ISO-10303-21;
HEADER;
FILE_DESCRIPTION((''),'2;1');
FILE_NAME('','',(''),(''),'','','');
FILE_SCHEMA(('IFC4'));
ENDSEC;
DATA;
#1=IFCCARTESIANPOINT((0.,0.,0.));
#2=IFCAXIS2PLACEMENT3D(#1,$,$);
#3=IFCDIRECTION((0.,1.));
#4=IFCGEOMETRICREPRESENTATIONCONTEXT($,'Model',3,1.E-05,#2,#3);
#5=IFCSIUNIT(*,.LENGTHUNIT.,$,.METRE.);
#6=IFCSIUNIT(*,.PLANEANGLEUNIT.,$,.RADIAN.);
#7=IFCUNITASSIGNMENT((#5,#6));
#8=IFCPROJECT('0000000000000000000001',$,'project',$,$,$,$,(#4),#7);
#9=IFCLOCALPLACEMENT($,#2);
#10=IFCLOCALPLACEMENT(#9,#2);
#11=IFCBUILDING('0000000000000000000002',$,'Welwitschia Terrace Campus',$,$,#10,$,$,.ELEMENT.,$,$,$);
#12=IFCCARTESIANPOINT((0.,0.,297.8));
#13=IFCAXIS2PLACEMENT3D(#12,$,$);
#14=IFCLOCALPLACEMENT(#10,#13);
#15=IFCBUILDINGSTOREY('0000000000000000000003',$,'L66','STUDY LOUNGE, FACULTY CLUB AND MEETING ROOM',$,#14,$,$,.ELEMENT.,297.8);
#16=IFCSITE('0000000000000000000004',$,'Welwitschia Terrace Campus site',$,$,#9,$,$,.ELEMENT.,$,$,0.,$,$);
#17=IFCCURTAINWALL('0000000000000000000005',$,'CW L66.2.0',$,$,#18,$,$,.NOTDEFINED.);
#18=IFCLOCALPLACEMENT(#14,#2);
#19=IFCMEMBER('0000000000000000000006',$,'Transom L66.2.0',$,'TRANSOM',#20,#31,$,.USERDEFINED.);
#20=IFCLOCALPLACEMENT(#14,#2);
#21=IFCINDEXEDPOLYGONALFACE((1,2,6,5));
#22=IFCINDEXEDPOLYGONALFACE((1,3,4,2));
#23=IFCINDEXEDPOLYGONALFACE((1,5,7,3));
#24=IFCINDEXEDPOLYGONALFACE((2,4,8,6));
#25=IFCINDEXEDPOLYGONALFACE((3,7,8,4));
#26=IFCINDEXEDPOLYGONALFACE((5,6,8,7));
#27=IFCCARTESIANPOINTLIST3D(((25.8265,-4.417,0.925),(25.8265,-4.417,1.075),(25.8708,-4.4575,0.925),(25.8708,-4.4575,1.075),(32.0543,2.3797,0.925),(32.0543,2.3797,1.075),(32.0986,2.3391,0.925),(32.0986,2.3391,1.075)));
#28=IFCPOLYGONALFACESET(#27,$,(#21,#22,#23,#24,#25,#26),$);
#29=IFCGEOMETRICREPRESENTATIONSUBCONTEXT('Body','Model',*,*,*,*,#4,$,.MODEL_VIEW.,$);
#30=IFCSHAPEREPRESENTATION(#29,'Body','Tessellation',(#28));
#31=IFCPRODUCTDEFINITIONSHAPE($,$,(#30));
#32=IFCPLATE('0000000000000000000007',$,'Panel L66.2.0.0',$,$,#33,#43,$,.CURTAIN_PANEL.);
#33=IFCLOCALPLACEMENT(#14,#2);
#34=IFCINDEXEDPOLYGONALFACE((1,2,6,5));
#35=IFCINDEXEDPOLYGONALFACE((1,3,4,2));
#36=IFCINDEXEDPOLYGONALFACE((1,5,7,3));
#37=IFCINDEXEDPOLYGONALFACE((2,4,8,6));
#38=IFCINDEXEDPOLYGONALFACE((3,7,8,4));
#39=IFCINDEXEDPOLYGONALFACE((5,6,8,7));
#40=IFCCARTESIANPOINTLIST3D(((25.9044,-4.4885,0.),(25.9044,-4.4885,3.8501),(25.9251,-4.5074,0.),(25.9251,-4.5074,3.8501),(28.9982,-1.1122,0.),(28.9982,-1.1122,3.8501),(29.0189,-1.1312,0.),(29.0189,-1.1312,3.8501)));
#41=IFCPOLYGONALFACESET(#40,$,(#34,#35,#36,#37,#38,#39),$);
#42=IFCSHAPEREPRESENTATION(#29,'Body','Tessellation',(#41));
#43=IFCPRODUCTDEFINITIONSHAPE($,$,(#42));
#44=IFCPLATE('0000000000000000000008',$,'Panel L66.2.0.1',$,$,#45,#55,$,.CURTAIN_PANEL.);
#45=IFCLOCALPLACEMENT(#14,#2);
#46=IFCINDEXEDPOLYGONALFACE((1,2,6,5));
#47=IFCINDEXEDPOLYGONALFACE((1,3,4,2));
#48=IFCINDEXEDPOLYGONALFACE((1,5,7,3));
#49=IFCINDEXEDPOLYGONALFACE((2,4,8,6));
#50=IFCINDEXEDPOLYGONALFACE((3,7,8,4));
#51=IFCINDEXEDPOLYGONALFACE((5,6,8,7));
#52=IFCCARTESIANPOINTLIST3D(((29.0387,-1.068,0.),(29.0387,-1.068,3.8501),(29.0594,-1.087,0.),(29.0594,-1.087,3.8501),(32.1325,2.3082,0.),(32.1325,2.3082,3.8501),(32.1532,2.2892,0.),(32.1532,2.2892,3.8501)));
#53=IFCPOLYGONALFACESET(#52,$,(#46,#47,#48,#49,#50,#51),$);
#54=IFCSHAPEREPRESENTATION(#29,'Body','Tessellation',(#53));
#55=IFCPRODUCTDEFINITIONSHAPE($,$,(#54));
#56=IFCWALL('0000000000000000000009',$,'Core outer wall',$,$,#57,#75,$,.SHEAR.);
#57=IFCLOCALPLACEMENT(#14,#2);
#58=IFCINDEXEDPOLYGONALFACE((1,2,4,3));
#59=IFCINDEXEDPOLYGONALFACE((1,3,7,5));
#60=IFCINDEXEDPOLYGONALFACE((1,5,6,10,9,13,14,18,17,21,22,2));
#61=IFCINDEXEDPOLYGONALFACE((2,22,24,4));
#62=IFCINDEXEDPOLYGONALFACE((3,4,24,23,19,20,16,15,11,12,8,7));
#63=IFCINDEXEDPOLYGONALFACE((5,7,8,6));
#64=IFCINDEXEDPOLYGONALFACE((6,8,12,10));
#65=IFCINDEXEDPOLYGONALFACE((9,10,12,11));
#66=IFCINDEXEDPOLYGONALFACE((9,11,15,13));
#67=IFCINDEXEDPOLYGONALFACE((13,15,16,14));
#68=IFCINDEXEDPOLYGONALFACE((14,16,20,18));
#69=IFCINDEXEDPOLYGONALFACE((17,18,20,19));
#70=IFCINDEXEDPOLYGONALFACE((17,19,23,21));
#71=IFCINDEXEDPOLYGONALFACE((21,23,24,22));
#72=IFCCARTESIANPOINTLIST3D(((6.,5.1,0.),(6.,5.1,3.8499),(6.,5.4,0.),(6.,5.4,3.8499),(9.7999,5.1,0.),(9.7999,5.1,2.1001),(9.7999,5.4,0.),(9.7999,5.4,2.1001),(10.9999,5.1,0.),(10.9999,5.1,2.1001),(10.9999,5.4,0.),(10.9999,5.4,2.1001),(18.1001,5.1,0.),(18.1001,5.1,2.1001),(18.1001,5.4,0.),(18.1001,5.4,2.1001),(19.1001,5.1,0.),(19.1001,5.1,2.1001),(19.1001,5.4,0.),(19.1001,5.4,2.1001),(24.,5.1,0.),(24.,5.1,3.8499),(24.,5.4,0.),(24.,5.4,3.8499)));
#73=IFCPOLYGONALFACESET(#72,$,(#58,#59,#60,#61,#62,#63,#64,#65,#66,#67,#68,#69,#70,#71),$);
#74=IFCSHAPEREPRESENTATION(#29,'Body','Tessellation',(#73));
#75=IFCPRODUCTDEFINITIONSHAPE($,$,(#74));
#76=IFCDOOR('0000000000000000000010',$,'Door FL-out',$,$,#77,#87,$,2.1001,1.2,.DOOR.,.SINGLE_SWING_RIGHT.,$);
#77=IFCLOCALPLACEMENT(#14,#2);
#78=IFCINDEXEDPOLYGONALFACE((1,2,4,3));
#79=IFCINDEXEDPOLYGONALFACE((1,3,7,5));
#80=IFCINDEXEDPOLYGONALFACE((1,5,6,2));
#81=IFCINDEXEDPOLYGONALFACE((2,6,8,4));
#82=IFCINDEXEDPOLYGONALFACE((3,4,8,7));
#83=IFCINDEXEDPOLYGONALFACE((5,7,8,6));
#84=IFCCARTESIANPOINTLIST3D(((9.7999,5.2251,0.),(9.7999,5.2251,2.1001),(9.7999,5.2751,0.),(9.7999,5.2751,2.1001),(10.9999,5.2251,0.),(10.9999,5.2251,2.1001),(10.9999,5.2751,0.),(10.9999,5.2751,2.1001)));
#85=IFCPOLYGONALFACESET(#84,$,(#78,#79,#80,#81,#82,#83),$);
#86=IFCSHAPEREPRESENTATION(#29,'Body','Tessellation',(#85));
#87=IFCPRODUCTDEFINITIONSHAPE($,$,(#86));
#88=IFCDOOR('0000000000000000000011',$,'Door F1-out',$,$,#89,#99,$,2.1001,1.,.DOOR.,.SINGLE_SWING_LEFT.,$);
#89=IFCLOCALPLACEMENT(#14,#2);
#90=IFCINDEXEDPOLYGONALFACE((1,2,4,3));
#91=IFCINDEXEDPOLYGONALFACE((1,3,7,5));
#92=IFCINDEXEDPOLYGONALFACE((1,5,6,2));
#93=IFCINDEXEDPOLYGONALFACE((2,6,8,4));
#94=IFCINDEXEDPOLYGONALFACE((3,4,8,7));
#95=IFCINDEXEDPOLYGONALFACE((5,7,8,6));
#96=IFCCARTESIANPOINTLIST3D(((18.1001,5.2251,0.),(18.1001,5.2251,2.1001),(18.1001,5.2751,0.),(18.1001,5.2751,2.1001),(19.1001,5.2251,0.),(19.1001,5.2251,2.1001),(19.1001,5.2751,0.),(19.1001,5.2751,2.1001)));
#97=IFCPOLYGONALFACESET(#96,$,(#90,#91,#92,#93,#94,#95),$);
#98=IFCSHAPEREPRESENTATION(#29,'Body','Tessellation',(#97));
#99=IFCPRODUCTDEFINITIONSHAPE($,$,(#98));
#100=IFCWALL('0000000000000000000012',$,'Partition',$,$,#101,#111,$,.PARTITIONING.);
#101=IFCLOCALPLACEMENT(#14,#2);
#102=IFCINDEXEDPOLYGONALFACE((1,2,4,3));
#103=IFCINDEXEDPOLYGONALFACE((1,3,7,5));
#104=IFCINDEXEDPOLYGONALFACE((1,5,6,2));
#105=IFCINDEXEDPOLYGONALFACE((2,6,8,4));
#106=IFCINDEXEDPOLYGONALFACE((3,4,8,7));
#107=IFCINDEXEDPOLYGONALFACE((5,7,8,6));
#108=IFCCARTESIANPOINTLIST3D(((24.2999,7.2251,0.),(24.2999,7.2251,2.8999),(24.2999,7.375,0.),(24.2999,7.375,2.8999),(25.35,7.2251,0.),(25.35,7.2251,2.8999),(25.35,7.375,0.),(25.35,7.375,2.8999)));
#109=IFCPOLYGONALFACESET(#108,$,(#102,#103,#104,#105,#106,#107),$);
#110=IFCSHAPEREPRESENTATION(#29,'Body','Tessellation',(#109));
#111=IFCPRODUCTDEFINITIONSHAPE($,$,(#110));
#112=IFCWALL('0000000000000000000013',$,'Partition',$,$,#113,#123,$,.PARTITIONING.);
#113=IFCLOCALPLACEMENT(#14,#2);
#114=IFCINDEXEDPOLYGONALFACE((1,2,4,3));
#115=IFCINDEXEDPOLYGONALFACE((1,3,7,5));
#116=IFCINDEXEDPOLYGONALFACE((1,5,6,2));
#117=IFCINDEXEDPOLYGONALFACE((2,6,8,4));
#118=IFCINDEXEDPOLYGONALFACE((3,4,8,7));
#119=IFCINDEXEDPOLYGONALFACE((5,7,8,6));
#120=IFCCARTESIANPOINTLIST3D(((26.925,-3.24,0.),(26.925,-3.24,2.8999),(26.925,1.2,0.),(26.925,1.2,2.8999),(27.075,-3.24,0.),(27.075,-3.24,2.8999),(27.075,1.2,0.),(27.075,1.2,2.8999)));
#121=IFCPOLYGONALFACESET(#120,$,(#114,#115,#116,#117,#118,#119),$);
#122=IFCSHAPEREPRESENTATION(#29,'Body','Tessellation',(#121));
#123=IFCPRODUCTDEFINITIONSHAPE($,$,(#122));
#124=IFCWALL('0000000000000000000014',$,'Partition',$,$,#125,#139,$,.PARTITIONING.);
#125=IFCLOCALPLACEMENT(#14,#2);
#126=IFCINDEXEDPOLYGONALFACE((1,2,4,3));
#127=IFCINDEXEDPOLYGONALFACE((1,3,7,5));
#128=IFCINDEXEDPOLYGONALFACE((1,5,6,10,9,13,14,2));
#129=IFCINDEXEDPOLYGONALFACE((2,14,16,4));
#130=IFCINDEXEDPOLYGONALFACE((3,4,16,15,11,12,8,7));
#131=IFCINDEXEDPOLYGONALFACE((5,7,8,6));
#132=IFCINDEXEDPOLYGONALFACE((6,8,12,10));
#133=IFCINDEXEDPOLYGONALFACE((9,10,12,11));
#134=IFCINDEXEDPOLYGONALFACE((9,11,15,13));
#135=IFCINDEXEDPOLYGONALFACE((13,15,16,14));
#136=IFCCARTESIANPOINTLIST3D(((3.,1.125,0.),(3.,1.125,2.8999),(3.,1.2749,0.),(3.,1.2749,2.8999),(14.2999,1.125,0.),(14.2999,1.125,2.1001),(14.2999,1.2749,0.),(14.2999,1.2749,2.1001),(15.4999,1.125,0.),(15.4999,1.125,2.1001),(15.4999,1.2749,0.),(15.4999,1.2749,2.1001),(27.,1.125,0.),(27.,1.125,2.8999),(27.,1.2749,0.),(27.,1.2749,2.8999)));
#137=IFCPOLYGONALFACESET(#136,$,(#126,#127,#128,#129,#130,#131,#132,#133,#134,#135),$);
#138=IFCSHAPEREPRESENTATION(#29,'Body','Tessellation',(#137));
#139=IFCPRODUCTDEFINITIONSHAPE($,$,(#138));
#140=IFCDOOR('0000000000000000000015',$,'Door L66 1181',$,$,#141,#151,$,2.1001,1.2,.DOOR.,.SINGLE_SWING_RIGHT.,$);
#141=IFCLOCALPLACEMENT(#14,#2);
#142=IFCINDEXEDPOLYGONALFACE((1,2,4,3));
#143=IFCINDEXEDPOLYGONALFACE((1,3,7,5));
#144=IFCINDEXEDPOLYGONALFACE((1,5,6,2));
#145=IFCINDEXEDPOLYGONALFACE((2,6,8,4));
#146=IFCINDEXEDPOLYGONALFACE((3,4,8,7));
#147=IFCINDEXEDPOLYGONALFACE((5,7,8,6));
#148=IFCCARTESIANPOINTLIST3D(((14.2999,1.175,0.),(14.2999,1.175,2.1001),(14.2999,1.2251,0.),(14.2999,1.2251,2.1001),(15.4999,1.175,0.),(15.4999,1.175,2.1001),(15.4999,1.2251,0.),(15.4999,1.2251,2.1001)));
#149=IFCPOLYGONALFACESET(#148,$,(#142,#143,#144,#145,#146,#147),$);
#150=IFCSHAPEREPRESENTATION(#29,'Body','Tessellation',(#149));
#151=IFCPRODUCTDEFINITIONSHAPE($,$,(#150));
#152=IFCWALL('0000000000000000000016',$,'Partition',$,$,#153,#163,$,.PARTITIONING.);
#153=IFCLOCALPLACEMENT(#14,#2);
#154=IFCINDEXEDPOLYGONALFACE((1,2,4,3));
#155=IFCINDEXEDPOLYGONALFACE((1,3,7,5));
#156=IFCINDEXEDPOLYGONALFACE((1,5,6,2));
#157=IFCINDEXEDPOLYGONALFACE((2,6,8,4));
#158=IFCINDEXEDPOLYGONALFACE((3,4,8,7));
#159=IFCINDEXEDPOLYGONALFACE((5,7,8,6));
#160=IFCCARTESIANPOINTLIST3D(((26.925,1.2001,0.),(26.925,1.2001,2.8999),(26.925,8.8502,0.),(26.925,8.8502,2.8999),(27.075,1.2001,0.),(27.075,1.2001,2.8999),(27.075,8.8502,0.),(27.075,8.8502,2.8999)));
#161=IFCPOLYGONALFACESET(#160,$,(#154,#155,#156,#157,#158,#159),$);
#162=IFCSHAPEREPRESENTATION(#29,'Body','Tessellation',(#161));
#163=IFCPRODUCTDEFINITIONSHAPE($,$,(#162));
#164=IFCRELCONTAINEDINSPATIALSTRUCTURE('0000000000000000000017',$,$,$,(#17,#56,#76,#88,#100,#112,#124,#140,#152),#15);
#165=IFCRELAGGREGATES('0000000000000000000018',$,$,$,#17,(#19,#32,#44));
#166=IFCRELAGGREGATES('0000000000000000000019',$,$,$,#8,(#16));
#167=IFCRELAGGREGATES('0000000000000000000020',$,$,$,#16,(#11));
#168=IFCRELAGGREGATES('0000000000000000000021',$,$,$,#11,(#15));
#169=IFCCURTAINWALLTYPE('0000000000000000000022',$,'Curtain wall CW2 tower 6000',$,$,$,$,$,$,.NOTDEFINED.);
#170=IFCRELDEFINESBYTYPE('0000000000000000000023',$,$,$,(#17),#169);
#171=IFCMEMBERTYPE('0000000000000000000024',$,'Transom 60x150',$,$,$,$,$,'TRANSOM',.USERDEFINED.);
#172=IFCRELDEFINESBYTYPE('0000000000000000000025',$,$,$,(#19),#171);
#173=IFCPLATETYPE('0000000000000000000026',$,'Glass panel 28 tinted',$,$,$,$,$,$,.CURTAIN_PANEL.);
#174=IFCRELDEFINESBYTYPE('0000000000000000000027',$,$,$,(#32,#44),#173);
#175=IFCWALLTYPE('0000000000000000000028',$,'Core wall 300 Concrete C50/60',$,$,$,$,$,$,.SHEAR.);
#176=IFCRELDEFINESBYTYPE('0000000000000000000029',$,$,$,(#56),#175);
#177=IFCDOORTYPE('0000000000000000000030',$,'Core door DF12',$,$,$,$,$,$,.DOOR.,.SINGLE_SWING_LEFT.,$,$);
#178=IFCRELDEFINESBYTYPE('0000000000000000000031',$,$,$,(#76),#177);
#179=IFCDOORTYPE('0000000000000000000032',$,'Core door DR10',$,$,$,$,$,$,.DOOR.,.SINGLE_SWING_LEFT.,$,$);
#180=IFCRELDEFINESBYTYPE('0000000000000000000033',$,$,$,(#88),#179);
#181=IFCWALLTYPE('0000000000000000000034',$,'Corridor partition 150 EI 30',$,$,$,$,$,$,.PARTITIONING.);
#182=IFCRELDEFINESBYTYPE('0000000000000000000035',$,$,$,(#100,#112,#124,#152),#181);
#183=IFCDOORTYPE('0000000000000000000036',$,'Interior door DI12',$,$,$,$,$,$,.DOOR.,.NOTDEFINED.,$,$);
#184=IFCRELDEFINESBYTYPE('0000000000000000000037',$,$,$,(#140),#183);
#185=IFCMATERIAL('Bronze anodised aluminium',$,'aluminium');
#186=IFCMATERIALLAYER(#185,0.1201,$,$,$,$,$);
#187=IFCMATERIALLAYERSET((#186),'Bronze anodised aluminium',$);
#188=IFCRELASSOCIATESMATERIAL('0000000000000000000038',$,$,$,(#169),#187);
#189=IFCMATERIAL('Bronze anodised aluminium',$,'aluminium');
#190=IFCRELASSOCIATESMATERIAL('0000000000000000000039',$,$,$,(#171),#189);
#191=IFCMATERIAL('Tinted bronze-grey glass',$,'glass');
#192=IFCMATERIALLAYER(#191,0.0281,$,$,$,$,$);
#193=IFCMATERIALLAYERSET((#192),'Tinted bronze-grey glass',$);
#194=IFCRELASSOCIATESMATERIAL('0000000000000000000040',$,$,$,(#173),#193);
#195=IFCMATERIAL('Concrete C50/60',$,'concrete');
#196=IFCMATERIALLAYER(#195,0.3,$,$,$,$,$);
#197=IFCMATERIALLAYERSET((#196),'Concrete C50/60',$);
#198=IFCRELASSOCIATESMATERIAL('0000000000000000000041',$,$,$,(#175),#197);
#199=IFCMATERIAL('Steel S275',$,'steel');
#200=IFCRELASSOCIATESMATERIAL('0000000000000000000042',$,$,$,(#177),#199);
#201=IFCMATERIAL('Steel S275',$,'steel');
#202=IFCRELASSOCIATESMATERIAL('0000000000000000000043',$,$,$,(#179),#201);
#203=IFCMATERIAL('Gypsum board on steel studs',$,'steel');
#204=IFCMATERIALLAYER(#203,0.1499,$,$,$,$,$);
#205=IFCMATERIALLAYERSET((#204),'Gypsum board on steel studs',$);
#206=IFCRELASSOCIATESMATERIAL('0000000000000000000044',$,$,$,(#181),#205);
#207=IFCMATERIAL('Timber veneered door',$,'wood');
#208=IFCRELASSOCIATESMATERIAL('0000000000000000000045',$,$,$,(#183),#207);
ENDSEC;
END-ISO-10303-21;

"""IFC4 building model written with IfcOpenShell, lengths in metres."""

from ifc_helpers import new_model, si_unit, direction, frame, frame_2d, origin, origin_2d, place, context, subcontext, project, spatial, rectangle, extrude, material, layer, layer_set, material_profile, profile_set, type_object, element, fill, aggregate, save


model = new_model("IFC4")

# Units and contexts
model_context = context("Model", 3, precision=1e-05, world=origin(), true_north=direction((0.0, 1.0)))
body_context = subcontext(model_context, "Body", "Model", "MODEL_VIEW")
ifc_project = project(units=[si_unit("LENGTHUNIT", "METRE"), si_unit("PLANEANGLEUNIT", "RADIAN")], contexts=[model_context])

# Site, building, storey
site_placement = place(None, origin())
site = spatial("IfcSite", under=ifc_project, at=site_placement, Name="Welwitschia Terrace Campus site", CompositionType="ELEMENT", RefElevation=0.0)
building_placement = place(site_placement, origin())
building = spatial("IfcBuilding", under=site, at=building_placement, Name="Welwitschia Terrace Campus", CompositionType="ELEMENT")
storey_placement = place(building_placement, frame((0.0, 0.0, 297.8)))
storey = spatial("IfcBuildingStorey", under=building, at=storey_placement, Name="L66", Description="STUDY LOUNGE, FACULTY CLUB AND MEETING ROOM", CompositionType="ELEMENT", Elevation=297.8)

# Shared definitions
ifc_material_1 = material(Name="Bronze anodised aluminium", Category="aluminium")
ifc_layer_1 = layer(ifc_material_1, 0.1201)
ifc_layer_set_1 = layer_set([ifc_layer_1], Name="Bronze anodised aluminium")
curtain_wall_type = type_object("IfcCurtainWallType", Name="Curtain wall CW2 tower 6000", PredefinedType="NOTDEFINED", material=ifc_layer_set_1)

# Curtain wall
curtain_wall_1_placement = place(storey_placement, origin())
curtain_wall_1 = element("IfcCurtainWall", 1, at=curtain_wall_1_placement, inside=storey, type_object=curtain_wall_type, Name="CW L66.2.0", PredefinedType="NOTDEFINED")

# Member
ifc_material_2 = material(Name="Bronze anodised aluminium", Category="aluminium")
ifc_material_profile_1 = material_profile(ifc_material_2, rectangle(XDim=0.0601, YDim=0.1499, at=origin_2d()))
ifc_profile_set_1 = profile_set([ifc_material_profile_1], Name="Bronze anodised aluminium")
member_type_1 = type_object("IfcMemberType", Name="Transom 60x150", ElementType="TRANSOM", PredefinedType="USERDEFINED", material=ifc_profile_set_1)
member_1_placement = place(storey_placement, frame((25.8486, -4.4373, 1.0), z_axis=(0.67558, 0.737287, 0.0), x_axis=(-0.737287, 0.67558, 0.0)))
member_1 = element("IfcMember", 2, at=member_1_placement, type_object=member_type_1, Name="Transom L66.2.0", ObjectType="TRANSOM", PredefinedType="USERDEFINED", context=body_context, shape_type="SweptSolid", body=[
    extrude(rectangle(XDim=0.0601, YDim=0.1499, at=origin_2d()), origin(), (0.0, 0.0, 1.0), 9.2185),
])

# Plates
ifc_material_3 = material(Name="Tinted bronze-grey glass", Category="glass")
ifc_layer_2 = layer(ifc_material_3, 0.0281)
ifc_layer_set_2 = layer_set([ifc_layer_2], Name="Tinted bronze-grey glass")
plate_type = type_object("IfcPlateType", Name="Glass panel 28 tinted", PredefinedType="CURTAIN_PANEL", material=ifc_layer_set_2)
plate_1_placement = place(storey_placement, frame((27.4617, -2.8098, 0.0), z_axis=(0.0, 0.0, 1.0), x_axis=(0.67559, 0.737277, 0.0)))
plate_1 = element("IfcPlate", 3, at=plate_1_placement, type_object=plate_type, Name="Panel L66.2.0.0", PredefinedType="CURTAIN_PANEL", context=body_context, shape_type="SweptSolid", body=[
    extrude(rectangle(XDim=4.5793, YDim=0.0281, at=origin_2d()), origin(), (0.0, 0.0, 1.0), 3.8501),
])
plate_2_placement = place(storey_placement, frame((30.5959, 0.6106, 0.0), z_axis=(0.0, 0.0, 1.0), x_axis=(0.67559, 0.737277, 0.0)))
plate_2 = element("IfcPlate", 4, at=plate_2_placement, type_object=plate_type, Name="Panel L66.2.0.1", PredefinedType="CURTAIN_PANEL", context=body_context, shape_type="SweptSolid", body=[
    extrude(rectangle(XDim=4.5793, YDim=0.0281, at=origin_2d()), origin(), (0.0, 0.0, 1.0), 3.8501),
])
aggregate(curtain_wall_1, [member_1, plate_1, plate_2])

# Wall, openings, doors
ifc_material_4 = material(Name="Concrete C50/60", Category="concrete")
ifc_layer_3 = layer(ifc_material_4, 0.3)
ifc_layer_set_3 = layer_set([ifc_layer_3], Name="Concrete C50/60")
wall_type_1 = type_object("IfcWallType", Name="Core wall 300 Concrete C50/60", PredefinedType="SHEAR", material=ifc_layer_set_3)
wall_1_placement = place(storey_placement, frame((24.0, 5.25, 0.0), z_axis=(0.0, 0.0, 1.0), x_axis=(-1.0, 0.0, 0.0)))
wall_1 = element("IfcWall", 5, at=wall_1_placement, inside=storey, type_object=wall_type_1, Name="Core outer wall", PredefinedType="SHEAR", context=body_context, shape_type="SweptSolid", body=[
    extrude(rectangle(XDim=18.0, YDim=0.3, at=frame_2d((9.0, 0.0))), origin(), (0.0, 0.0, 1.0), 3.8499),
])
opening_1_placement = place(wall_1_placement, frame((13.0, 0.0, 0.0)))
opening_1 = element("IfcOpeningElement", 6, at=opening_1_placement, cuts=wall_1, PredefinedType="OPENING", context=body_context, shape_type="SweptSolid", body=[
    extrude(rectangle(XDim=1.2, YDim=2.1001, at=frame_2d((0.6001, 1.05))), frame((0.0, 0.1599, 0.0), z_axis=(0.0, -1.0, 0.0), x_axis=(1.0, 0.0, 0.0)), (0.0, 0.0, 1.0), 0.3201),
])
opening_2_placement = place(wall_1_placement, frame((4.8999, 0.0, 0.0)))
opening_2 = element("IfcOpeningElement", 7, at=opening_2_placement, cuts=wall_1, PredefinedType="OPENING", context=body_context, shape_type="SweptSolid", body=[
    extrude(rectangle(XDim=1.0, YDim=2.1001, at=frame_2d((0.5, 1.05))), frame((0.0, 0.1599, 0.0), z_axis=(0.0, -1.0, 0.0), x_axis=(1.0, 0.0, 0.0)), (0.0, 0.0, 1.0), 0.3201),
])
ifc_material_5 = material(Name="Steel S275", Category="steel")
door_type_1 = type_object("IfcDoorType", Name="Core door DF12", OperationType="SINGLE_SWING_LEFT", PredefinedType="DOOR", material=ifc_material_5)
door_1_placement = place(opening_1_placement, origin())
door_1 = element("IfcDoor", 8, at=door_1_placement, inside=storey, type_object=door_type_1, Name="Door FL-out", OperationType="SINGLE_SWING_RIGHT", OverallHeight=2.1001, OverallWidth=1.2, PredefinedType="DOOR", context=body_context, shape_type="SweptSolid", body=[
    extrude(rectangle(XDim=1.2, YDim=2.1001, at=frame_2d((0.6001, 1.05))), frame((0.0, 0.0249, 0.0), z_axis=(0.0, -1.0, 0.0), x_axis=(1.0, 0.0, 0.0)), (0.0, 0.0, 1.0), 0.05),
])
fill(opening_1, door_1)
ifc_material_6 = material(Name="Steel S275", Category="steel")
door_type_2 = type_object("IfcDoorType", Name="Core door DR10", OperationType="SINGLE_SWING_LEFT", PredefinedType="DOOR", material=ifc_material_6)
door_2_placement = place(opening_2_placement, origin())
door_2 = element("IfcDoor", 9, at=door_2_placement, inside=storey, type_object=door_type_2, Name="Door F1-out", OperationType="SINGLE_SWING_LEFT", OverallHeight=2.1001, OverallWidth=1.0, PredefinedType="DOOR", context=body_context, shape_type="SweptSolid", body=[
    extrude(rectangle(XDim=1.0, YDim=2.1001, at=frame_2d((0.5, 1.05))), frame((0.0, 0.0249, 0.0), z_axis=(0.0, -1.0, 0.0), x_axis=(1.0, 0.0, 0.0)), (0.0, 0.0, 1.0), 0.05),
])
fill(opening_2, door_2)

# Walls
ifc_material_7 = material(Name="Gypsum board on steel studs", Category="steel")
ifc_layer_4 = layer(ifc_material_7, 0.1499)
ifc_layer_set_4 = layer_set([ifc_layer_4], Name="Gypsum board on steel studs")
wall_type_2 = type_object("IfcWallType", Name="Corridor partition 150 EI 30", PredefinedType="PARTITIONING", material=ifc_layer_set_4)
wall_2_placement = place(storey_placement, frame((24.3, 7.3, 0.0), z_axis=(0.0, 0.0, 1.0), x_axis=(1.0, 0.0, 0.0)))
element("IfcWall", 10, at=wall_2_placement, inside=storey, type_object=wall_type_2, Name="Partition", PredefinedType="PARTITIONING", context=body_context, shape_type="SweptSolid", body=[
    extrude(rectangle(XDim=1.05, YDim=0.1499, at=frame_2d((0.5249, 0.0))), origin(), (0.0, 0.0, 1.0), 2.8999),
])
wall_3_placement = place(storey_placement, frame((27.0, -3.24, 0.0), z_axis=(0.0, 0.0, 1.0), x_axis=(0.0, 1.0, 0.0)))
element("IfcWall", 11, at=wall_3_placement, inside=storey, type_object=wall_type_2, Name="Partition", PredefinedType="PARTITIONING", context=body_context, shape_type="SweptSolid", body=[
    extrude(rectangle(XDim=4.4399, YDim=0.1499, at=frame_2d((2.22, 0.0))), origin(), (0.0, 0.0, 1.0), 2.8999),
])

# Wall, opening, door
wall_4_placement = place(storey_placement, frame((27.0, 1.2, 0.0), z_axis=(0.0, 0.0, 1.0), x_axis=(-1.0, 0.0, 0.0)))
wall_4 = element("IfcWall", 12, at=wall_4_placement, inside=storey, type_object=wall_type_2, Name="Partition", PredefinedType="PARTITIONING", context=body_context, shape_type="SweptSolid", body=[
    extrude(rectangle(XDim=24.0, YDim=0.1499, at=frame_2d((12.0, 0.0))), origin(), (0.0, 0.0, 1.0), 2.8999),
])
opening_3_placement = place(wall_4_placement, frame((11.5, 0.0, 0.0)))
opening_3 = element("IfcOpeningElement", 13, at=opening_3_placement, cuts=wall_4, PredefinedType="OPENING", context=body_context, shape_type="SweptSolid", body=[
    extrude(rectangle(XDim=1.2, YDim=2.1001, at=frame_2d((0.6001, 1.05))), frame((0.0, 0.085, 0.0), z_axis=(0.0, -1.0, 0.0), x_axis=(1.0, 0.0, 0.0)), (0.0, 0.0, 1.0), 0.1699),
])
ifc_material_8 = material(Name="Timber veneered door", Category="wood")
door_type_3 = type_object("IfcDoorType", Name="Interior door DI12", OperationType="NOTDEFINED", PredefinedType="DOOR", material=ifc_material_8)
door_3_placement = place(opening_3_placement, origin())
door_3 = element("IfcDoor", 14, at=door_3_placement, inside=storey, type_object=door_type_3, Name="Door L66 1181", OperationType="SINGLE_SWING_RIGHT", OverallHeight=2.1001, OverallWidth=1.2, PredefinedType="DOOR", context=body_context, shape_type="SweptSolid", body=[
    extrude(rectangle(XDim=1.2, YDim=2.1001, at=frame_2d((0.6001, 1.05))), frame((0.0, 0.0249, 0.0), z_axis=(0.0, -1.0, 0.0), x_axis=(1.0, 0.0, 0.0)), (0.0, 0.0, 1.0), 0.05),
])
fill(opening_3, door_3)

# Wall
wall_5_placement = place(storey_placement, frame((27.0, 1.2, 0.0), z_axis=(0.0, 0.0, 1.0), x_axis=(0.0, 1.0, 0.0)))
element("IfcWall", 15, at=wall_5_placement, inside=storey, type_object=wall_type_2, Name="Partition", PredefinedType="PARTITIONING", context=body_context, shape_type="SweptSolid", body=[
    extrude(rectangle(XDim=7.6501, YDim=0.1499, at=frame_2d((3.8252, 0.0))), origin(), (0.0, 0.0, 1.0), 2.8999),
])

save(model, "model.ifc")
